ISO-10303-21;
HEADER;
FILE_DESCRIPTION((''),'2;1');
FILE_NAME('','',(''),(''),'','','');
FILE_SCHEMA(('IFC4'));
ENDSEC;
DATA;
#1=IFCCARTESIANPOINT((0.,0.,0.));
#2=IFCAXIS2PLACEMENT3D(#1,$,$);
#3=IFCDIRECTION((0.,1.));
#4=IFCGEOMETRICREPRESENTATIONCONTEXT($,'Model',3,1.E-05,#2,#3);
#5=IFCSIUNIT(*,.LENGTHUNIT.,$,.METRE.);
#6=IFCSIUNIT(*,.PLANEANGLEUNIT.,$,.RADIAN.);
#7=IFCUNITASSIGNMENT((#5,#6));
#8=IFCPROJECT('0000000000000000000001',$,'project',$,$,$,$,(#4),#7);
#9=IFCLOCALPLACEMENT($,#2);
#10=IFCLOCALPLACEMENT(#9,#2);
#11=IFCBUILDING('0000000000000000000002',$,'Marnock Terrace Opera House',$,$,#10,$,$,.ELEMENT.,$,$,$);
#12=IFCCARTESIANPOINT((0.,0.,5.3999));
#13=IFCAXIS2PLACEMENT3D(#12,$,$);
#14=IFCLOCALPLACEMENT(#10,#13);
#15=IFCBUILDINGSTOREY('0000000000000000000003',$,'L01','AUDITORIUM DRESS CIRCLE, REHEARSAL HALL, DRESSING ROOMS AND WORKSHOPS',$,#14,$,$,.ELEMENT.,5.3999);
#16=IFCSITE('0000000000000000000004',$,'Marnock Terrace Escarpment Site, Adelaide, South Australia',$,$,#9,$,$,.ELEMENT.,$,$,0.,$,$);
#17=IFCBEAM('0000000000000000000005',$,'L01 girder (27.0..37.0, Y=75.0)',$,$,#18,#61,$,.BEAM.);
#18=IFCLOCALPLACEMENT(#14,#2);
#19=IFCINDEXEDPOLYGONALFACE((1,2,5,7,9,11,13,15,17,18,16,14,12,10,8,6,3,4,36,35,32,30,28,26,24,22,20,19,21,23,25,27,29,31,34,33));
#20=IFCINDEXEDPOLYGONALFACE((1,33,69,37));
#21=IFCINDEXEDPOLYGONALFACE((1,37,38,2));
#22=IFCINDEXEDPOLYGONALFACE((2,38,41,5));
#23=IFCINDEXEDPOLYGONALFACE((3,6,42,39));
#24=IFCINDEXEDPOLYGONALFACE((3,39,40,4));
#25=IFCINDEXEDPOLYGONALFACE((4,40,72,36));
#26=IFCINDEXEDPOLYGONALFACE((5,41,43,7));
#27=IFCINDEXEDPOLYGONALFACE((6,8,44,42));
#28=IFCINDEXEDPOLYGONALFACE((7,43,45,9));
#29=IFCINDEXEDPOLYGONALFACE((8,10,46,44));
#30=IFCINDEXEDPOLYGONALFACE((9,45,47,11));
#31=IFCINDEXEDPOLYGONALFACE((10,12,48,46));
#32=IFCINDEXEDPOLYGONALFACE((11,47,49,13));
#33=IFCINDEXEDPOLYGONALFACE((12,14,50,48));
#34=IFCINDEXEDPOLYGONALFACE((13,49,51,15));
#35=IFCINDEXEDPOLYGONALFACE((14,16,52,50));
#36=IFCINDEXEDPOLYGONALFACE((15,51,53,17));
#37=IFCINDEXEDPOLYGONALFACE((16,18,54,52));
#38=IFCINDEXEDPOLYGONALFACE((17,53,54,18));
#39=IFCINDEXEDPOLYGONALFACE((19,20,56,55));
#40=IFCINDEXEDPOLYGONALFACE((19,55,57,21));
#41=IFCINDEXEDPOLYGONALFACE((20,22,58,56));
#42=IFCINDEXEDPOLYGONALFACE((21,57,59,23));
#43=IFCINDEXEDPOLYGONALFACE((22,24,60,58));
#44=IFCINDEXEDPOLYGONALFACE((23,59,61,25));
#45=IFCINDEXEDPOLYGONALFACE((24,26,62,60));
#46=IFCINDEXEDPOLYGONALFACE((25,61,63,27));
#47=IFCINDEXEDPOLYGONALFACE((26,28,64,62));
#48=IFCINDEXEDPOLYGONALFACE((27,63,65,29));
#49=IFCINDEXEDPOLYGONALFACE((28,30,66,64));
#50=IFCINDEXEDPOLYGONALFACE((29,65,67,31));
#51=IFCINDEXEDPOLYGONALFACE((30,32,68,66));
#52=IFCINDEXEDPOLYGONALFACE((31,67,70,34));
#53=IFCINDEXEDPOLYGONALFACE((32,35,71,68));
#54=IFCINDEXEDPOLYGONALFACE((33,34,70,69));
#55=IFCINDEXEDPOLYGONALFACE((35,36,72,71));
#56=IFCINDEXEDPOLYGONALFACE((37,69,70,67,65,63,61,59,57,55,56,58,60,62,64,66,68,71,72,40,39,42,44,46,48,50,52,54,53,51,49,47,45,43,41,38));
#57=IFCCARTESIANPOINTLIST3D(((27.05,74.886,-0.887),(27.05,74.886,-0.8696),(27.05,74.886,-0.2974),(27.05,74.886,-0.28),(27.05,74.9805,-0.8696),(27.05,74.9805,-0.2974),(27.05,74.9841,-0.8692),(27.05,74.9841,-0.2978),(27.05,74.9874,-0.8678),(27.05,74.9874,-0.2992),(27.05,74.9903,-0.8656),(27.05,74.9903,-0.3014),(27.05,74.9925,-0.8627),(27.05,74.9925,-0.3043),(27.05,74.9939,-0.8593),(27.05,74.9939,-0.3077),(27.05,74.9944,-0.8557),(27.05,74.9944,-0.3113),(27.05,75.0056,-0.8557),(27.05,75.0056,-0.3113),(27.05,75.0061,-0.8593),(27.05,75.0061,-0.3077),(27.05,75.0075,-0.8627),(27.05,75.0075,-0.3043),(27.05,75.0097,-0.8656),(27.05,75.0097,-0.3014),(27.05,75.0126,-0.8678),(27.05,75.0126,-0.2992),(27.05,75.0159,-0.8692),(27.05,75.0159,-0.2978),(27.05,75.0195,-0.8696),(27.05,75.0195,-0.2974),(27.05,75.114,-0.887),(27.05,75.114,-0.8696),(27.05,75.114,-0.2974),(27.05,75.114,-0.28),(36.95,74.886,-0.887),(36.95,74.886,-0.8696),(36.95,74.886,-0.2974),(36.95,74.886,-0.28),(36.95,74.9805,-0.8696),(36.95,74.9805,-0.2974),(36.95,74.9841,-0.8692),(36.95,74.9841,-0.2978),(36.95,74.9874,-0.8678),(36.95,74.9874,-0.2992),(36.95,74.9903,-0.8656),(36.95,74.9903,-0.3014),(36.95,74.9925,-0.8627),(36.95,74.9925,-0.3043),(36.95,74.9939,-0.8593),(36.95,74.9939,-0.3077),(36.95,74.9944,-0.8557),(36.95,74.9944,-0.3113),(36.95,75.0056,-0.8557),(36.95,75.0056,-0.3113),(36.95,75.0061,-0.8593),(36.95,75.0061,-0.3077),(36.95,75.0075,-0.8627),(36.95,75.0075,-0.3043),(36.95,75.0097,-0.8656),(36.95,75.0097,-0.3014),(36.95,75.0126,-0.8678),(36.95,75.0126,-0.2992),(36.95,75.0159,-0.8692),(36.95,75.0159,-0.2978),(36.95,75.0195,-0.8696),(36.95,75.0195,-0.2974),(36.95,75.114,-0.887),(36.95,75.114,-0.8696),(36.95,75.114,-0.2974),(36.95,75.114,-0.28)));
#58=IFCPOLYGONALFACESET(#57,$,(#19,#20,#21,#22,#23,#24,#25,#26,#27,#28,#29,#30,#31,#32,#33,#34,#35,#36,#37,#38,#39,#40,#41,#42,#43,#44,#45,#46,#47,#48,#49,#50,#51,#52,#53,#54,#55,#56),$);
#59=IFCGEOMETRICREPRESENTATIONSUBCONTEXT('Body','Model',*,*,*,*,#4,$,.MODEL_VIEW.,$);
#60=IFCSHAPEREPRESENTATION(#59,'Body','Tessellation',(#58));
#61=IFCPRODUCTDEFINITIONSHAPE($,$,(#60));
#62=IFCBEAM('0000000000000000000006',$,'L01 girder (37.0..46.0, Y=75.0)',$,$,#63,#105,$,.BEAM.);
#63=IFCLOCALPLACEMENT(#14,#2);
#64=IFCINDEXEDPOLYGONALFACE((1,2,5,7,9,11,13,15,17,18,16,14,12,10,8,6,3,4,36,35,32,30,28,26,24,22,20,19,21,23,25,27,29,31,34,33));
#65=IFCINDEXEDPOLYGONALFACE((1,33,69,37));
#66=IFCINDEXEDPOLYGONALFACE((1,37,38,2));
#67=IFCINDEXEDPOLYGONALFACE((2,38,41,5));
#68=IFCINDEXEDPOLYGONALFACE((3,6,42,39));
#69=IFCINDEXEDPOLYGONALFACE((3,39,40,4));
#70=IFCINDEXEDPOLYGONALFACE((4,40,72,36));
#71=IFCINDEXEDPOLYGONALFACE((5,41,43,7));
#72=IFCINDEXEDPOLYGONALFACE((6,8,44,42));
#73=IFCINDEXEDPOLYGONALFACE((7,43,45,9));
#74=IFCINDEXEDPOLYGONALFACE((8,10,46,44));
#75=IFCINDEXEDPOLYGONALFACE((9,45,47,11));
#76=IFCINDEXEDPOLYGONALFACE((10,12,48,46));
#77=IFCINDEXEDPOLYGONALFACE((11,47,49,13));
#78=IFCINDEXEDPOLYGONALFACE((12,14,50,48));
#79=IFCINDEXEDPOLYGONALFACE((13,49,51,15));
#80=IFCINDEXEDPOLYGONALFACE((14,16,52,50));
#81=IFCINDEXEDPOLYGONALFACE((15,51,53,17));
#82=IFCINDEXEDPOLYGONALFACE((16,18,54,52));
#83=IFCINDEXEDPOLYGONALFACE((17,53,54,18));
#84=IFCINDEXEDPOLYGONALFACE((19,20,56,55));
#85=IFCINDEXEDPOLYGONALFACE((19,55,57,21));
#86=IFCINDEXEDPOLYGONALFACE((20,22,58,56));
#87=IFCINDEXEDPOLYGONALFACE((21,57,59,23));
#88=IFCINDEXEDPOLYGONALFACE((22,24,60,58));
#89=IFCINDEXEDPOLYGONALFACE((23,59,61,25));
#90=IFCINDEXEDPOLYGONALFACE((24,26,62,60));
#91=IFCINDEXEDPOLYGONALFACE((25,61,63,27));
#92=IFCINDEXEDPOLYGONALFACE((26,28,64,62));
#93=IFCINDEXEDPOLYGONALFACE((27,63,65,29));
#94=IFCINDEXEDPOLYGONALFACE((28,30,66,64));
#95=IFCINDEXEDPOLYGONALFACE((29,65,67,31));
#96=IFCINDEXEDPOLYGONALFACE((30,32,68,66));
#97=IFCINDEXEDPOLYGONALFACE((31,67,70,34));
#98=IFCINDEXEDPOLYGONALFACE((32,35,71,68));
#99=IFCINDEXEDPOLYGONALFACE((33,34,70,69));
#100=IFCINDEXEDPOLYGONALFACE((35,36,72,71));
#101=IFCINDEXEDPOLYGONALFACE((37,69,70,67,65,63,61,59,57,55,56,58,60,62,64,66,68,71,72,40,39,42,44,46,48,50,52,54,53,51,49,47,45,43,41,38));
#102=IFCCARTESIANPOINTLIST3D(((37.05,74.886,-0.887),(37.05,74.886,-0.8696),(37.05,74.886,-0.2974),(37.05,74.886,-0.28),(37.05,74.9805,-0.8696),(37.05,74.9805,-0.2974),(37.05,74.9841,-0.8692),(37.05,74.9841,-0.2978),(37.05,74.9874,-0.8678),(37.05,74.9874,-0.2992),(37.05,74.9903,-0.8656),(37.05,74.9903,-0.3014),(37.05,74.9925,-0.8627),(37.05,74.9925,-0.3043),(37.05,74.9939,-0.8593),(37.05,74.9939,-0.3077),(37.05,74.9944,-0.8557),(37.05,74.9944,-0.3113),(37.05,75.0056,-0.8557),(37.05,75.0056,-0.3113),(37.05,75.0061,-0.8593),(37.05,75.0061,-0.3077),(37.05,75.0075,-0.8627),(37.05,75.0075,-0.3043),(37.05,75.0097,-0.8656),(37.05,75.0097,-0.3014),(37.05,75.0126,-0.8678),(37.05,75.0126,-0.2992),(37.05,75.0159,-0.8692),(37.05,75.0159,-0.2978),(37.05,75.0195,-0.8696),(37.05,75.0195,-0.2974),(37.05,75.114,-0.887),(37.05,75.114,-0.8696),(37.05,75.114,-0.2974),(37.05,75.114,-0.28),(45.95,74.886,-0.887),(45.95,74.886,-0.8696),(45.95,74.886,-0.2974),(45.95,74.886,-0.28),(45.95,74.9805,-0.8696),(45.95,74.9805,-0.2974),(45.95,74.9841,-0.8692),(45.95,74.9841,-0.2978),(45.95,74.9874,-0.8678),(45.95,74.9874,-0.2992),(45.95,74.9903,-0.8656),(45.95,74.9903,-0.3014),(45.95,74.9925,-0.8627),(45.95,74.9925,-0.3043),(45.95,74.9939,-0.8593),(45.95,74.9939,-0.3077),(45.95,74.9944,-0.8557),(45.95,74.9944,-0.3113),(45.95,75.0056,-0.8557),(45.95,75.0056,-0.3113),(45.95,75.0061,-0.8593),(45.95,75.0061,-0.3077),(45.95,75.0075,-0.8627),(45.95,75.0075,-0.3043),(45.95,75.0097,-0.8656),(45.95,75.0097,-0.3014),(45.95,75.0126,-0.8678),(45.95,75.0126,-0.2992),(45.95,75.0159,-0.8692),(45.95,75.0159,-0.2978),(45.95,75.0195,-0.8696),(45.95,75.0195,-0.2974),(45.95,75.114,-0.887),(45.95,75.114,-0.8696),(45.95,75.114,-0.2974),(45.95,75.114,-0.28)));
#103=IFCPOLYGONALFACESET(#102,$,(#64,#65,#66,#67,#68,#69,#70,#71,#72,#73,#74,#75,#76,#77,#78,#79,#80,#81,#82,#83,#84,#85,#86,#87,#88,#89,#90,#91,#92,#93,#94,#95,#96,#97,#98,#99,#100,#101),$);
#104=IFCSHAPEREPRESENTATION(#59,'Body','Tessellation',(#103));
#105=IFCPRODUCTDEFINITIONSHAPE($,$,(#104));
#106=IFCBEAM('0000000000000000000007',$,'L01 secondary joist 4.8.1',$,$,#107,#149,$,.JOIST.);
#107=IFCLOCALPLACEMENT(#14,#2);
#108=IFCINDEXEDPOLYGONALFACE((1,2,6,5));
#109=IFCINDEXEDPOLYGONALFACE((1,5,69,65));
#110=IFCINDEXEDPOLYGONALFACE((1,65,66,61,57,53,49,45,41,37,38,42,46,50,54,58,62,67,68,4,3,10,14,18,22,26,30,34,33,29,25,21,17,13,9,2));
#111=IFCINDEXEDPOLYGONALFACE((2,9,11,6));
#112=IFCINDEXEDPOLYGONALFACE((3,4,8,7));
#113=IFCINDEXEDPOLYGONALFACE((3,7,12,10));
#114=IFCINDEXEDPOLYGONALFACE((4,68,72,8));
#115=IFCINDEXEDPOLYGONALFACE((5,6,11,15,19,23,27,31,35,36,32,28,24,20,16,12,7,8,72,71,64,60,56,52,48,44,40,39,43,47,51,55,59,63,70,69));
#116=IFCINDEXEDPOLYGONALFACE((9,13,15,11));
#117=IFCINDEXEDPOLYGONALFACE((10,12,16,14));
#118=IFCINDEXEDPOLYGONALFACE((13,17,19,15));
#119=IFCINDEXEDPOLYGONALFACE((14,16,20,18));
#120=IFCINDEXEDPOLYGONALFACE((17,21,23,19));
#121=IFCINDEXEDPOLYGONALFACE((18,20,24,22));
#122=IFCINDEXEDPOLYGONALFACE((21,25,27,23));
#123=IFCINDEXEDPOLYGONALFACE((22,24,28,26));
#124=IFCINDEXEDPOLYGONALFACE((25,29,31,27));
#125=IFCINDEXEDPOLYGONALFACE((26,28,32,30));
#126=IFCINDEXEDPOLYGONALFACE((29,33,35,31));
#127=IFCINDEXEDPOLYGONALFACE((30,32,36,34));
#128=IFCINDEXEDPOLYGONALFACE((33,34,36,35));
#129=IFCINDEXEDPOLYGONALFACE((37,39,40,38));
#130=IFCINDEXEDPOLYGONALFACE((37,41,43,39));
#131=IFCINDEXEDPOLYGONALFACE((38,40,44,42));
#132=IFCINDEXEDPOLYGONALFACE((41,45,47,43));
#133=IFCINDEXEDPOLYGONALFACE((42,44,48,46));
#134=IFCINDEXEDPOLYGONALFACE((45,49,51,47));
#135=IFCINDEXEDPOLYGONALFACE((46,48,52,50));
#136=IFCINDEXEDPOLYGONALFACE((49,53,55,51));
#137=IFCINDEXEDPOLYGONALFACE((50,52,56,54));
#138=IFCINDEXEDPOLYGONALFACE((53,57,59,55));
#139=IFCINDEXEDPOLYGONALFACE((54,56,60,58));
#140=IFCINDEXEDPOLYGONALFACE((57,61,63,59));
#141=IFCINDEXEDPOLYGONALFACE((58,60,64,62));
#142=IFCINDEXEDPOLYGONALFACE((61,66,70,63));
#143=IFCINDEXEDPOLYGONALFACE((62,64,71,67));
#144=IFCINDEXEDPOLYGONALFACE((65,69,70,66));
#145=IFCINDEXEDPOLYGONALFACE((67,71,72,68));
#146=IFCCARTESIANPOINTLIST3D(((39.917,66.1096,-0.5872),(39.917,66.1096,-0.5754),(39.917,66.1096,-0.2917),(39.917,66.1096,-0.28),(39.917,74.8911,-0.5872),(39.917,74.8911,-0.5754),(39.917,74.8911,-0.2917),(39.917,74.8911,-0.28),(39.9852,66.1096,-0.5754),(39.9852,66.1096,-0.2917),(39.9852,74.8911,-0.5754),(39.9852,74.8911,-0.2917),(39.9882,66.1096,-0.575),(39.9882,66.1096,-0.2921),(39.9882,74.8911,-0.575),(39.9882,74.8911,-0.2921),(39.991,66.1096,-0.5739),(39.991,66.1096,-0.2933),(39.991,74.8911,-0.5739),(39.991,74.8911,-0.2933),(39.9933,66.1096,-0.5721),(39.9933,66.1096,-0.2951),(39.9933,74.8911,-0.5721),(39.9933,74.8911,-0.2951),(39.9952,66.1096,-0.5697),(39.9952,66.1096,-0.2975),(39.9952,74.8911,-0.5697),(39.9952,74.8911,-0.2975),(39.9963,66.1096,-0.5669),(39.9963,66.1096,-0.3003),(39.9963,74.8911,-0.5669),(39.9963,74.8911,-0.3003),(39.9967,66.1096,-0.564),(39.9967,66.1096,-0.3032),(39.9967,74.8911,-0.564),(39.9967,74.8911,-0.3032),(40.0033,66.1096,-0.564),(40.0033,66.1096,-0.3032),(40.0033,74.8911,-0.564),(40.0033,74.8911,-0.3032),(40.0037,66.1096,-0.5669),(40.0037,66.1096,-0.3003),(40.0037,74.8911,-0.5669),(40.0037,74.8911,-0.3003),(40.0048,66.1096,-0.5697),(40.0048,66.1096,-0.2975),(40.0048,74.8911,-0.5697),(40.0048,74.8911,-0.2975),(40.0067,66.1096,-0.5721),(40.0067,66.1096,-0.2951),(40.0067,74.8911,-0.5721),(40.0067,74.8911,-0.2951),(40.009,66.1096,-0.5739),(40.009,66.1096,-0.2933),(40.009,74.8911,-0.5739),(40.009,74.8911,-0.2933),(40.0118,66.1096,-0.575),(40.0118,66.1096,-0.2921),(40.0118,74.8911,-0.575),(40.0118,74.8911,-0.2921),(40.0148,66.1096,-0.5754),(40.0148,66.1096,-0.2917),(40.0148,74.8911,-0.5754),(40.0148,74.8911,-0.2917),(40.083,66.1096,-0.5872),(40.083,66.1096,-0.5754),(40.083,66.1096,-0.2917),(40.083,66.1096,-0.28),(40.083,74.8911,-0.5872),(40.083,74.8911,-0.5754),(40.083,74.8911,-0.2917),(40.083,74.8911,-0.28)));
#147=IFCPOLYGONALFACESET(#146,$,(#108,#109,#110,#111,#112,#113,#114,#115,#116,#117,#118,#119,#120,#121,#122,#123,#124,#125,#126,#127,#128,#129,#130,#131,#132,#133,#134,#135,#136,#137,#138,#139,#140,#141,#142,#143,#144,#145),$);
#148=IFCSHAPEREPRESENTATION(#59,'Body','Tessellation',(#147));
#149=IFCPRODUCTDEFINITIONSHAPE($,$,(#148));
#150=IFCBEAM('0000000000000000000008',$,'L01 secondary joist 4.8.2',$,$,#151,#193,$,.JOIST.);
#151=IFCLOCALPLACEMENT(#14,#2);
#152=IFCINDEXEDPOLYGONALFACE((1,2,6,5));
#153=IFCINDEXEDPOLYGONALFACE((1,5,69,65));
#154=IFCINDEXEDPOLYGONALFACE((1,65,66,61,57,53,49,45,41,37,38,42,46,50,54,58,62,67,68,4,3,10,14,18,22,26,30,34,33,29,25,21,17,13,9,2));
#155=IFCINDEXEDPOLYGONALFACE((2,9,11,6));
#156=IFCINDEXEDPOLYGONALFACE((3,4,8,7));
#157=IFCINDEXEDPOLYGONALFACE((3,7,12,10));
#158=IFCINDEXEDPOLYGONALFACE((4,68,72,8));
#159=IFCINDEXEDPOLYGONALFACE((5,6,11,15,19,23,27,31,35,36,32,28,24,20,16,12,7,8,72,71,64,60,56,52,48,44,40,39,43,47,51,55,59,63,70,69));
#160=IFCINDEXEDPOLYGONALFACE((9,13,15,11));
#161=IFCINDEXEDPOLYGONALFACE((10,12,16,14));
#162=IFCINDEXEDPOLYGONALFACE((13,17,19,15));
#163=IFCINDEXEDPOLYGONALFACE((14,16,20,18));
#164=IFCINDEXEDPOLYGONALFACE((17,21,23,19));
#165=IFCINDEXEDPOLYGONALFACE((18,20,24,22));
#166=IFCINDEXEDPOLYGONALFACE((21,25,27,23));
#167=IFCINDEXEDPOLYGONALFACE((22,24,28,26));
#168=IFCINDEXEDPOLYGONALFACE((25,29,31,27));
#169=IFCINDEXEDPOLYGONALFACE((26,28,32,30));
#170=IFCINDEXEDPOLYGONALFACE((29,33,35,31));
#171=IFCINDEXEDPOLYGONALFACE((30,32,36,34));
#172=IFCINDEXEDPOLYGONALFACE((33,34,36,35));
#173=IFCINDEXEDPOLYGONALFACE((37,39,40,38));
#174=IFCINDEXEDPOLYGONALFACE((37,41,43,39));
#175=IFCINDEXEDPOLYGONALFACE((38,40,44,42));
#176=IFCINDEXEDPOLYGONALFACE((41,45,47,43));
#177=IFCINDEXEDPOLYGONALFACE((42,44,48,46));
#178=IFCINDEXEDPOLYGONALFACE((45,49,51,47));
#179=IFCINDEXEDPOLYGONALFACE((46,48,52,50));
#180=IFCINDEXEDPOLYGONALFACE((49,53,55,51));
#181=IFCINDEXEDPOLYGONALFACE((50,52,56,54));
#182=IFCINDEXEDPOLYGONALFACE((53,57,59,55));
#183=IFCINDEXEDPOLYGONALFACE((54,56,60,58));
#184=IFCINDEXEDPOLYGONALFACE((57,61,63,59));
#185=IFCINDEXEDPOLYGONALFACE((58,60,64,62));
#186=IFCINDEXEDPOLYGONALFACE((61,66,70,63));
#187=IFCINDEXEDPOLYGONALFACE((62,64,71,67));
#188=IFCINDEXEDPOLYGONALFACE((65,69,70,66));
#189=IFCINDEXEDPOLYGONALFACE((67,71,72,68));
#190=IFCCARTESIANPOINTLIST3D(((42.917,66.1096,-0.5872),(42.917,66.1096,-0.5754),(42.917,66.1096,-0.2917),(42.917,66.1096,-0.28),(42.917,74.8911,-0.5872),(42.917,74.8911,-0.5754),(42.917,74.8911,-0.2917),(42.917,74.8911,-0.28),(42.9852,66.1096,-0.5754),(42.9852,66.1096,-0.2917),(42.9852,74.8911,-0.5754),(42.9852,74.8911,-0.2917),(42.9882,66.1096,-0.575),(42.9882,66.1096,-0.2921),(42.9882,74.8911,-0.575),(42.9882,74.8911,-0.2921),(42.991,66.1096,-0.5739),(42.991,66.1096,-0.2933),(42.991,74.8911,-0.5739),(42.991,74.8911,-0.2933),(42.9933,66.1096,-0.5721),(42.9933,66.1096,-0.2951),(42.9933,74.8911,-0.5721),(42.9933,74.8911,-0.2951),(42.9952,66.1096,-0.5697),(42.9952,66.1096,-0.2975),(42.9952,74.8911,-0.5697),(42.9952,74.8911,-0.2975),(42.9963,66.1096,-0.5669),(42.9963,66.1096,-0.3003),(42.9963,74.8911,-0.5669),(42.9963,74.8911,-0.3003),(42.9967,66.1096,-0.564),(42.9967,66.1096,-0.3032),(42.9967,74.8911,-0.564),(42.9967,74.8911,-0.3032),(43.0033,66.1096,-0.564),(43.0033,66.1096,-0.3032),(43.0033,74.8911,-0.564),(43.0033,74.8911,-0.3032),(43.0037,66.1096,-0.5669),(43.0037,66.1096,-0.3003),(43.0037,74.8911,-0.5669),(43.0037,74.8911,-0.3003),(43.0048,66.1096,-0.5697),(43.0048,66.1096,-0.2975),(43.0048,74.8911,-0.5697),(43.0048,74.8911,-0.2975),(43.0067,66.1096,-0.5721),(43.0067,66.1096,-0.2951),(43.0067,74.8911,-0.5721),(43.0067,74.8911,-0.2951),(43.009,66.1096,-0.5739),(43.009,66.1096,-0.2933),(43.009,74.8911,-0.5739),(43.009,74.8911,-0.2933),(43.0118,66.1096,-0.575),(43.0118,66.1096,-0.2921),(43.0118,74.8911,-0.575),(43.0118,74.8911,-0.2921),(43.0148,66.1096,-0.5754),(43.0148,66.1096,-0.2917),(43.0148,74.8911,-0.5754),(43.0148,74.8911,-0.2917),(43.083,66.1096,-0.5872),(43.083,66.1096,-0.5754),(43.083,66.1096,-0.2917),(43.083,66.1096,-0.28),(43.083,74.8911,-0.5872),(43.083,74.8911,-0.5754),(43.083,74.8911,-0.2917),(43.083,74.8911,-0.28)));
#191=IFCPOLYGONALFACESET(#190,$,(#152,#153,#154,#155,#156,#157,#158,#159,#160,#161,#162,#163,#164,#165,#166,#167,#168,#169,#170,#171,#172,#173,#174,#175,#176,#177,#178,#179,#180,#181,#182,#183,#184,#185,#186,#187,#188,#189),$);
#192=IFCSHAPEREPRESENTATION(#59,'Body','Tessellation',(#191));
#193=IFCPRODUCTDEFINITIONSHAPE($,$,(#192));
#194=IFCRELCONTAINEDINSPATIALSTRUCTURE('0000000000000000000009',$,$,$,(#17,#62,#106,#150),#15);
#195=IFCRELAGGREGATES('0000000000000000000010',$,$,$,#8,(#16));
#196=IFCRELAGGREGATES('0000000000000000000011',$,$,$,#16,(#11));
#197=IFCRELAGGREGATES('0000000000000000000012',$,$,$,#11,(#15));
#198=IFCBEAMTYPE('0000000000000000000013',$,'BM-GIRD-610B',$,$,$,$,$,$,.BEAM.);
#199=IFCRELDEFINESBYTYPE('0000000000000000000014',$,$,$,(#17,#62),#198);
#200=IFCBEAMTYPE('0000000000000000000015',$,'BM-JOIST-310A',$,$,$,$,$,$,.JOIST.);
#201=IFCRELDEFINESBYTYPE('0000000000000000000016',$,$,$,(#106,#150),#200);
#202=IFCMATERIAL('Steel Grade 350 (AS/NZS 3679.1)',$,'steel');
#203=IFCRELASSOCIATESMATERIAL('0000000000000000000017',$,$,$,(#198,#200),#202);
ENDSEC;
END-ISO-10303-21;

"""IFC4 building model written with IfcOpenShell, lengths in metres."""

from ifc_helpers import new_model, si_unit, direction, frame, origin, origin_2d, place, context, subcontext, project, spatial, i_section, extrude, material, material_profile, profile_set, type_object, element, save


model = new_model("IFC4")

# Units and contexts
model_context = context("Model", 3, precision=1e-05, world=origin(), true_north=direction((0.0, 1.0)))
body_context = subcontext(model_context, "Body", "Model", "MODEL_VIEW")
ifc_project = project(units=[si_unit("LENGTHUNIT", "METRE"), si_unit("PLANEANGLEUNIT", "RADIAN")], contexts=[model_context])

# Site, building, storey
site_placement = place(None, origin())
site = spatial("IfcSite", under=ifc_project, at=site_placement, Name="Marnock Terrace Escarpment Site, Adelaide, South Australia", CompositionType="ELEMENT", RefElevation=0.0)
building_placement = place(site_placement, origin())
building = spatial("IfcBuilding", under=site, at=building_placement, Name="Marnock Terrace Opera House", CompositionType="ELEMENT")
storey_placement = place(building_placement, frame((0.0, 0.0, 5.3999)))
storey = spatial("IfcBuildingStorey", under=building, at=storey_placement, Name="L01", Description="AUDITORIUM DRESS CIRCLE, REHEARSAL HALL, DRESSING ROOMS AND WORKSHOPS", CompositionType="ELEMENT", Elevation=5.3999)

# Beams
ifc_material_1 = material(Name="Steel Grade 350 (AS/NZS 3679.1)", Category="steel")
ifc_material_profile_1 = material_profile(ifc_material_1, i_section(OverallWidth=0.228, OverallDepth=0.6069, WebThickness=0.0112, FlangeThickness=0.0173, FilletRadius=0.0139, at=origin_2d()))
ifc_profile_set_1 = profile_set([ifc_material_profile_1], Name="Steel Grade 350 (AS/NZS 3679.1)")
beam_type_1 = type_object("IfcBeamType", Name="BM-GIRD-610B", PredefinedType="BEAM", material=ifc_profile_set_1)
beam_1_placement = place(storey_placement, frame((27.05, 75.0, -0.5835), z_axis=(1.0, 0.0, 0.0), x_axis=(0.0, 1.0, 0.0)))
element("IfcBeam", 1, at=beam_1_placement, inside=storey, type_object=beam_type_1, Name="L01 girder (27.0..37.0, Y=75.0)", PredefinedType="BEAM", context=body_context, shape_type="SweptSolid", body=[
    extrude(i_section(OverallWidth=0.228, OverallDepth=0.6069, WebThickness=0.0112, FlangeThickness=0.0173, FilletRadius=0.0139, at=origin_2d()), origin(), (0.0, 0.0, 1.0), 9.8999),
])
beam_2_placement = place(storey_placement, frame((37.05, 75.0, -0.5835), z_axis=(1.0, 0.0, 0.0), x_axis=(0.0, 1.0, 0.0)))
element("IfcBeam", 2, at=beam_2_placement, inside=storey, type_object=beam_type_1, Name="L01 girder (37.0..46.0, Y=75.0)", PredefinedType="BEAM", context=body_context, shape_type="SweptSolid", body=[
    extrude(i_section(OverallWidth=0.228, OverallDepth=0.6069, WebThickness=0.0112, FlangeThickness=0.0173, FilletRadius=0.0139, at=origin_2d()), origin(), (0.0, 0.0, 1.0), 8.8999),
])
ifc_material_profile_2 = material_profile(ifc_material_1, i_section(OverallWidth=0.166, OverallDepth=0.3071, WebThickness=0.0066, FlangeThickness=0.0117, FilletRadius=0.0115, at=origin_2d()))
ifc_profile_set_2 = profile_set([ifc_material_profile_2], Name="Steel Grade 350 (AS/NZS 3679.1)")
beam_type_2 = type_object("IfcBeamType", Name="BM-JOIST-310A", PredefinedType="JOIST", material=ifc_profile_set_2)
for number, where, z_axis, x_axis, name in (
    (3, (40.0, 66.1096, -0.4336), (0.0, 1.0, 0.0), (-1.0, 0.0, 0.0), "L01 secondary joist 4.8.1"),
    (4, (43.0, 66.1096, -0.4336), (0.0, 1.0, 0.0), (-1.0, 0.0, 0.0), "L01 secondary joist 4.8.2"),
):
    element("IfcBeam", number, at=place(storey_placement, frame(where, z_axis=z_axis, x_axis=x_axis)), inside=storey, type_object=beam_type_2, Name=name, PredefinedType="JOIST", context=body_context, shape_type="SweptSolid", body=[
        extrude(i_section(OverallWidth=0.166, OverallDepth=0.3071, WebThickness=0.0066, FlangeThickness=0.0117, FilletRadius=0.0115, at=origin_2d()), origin(), (0.0, 0.0, 1.0), 8.7815),
    ])

save(model, "model.ifc")
